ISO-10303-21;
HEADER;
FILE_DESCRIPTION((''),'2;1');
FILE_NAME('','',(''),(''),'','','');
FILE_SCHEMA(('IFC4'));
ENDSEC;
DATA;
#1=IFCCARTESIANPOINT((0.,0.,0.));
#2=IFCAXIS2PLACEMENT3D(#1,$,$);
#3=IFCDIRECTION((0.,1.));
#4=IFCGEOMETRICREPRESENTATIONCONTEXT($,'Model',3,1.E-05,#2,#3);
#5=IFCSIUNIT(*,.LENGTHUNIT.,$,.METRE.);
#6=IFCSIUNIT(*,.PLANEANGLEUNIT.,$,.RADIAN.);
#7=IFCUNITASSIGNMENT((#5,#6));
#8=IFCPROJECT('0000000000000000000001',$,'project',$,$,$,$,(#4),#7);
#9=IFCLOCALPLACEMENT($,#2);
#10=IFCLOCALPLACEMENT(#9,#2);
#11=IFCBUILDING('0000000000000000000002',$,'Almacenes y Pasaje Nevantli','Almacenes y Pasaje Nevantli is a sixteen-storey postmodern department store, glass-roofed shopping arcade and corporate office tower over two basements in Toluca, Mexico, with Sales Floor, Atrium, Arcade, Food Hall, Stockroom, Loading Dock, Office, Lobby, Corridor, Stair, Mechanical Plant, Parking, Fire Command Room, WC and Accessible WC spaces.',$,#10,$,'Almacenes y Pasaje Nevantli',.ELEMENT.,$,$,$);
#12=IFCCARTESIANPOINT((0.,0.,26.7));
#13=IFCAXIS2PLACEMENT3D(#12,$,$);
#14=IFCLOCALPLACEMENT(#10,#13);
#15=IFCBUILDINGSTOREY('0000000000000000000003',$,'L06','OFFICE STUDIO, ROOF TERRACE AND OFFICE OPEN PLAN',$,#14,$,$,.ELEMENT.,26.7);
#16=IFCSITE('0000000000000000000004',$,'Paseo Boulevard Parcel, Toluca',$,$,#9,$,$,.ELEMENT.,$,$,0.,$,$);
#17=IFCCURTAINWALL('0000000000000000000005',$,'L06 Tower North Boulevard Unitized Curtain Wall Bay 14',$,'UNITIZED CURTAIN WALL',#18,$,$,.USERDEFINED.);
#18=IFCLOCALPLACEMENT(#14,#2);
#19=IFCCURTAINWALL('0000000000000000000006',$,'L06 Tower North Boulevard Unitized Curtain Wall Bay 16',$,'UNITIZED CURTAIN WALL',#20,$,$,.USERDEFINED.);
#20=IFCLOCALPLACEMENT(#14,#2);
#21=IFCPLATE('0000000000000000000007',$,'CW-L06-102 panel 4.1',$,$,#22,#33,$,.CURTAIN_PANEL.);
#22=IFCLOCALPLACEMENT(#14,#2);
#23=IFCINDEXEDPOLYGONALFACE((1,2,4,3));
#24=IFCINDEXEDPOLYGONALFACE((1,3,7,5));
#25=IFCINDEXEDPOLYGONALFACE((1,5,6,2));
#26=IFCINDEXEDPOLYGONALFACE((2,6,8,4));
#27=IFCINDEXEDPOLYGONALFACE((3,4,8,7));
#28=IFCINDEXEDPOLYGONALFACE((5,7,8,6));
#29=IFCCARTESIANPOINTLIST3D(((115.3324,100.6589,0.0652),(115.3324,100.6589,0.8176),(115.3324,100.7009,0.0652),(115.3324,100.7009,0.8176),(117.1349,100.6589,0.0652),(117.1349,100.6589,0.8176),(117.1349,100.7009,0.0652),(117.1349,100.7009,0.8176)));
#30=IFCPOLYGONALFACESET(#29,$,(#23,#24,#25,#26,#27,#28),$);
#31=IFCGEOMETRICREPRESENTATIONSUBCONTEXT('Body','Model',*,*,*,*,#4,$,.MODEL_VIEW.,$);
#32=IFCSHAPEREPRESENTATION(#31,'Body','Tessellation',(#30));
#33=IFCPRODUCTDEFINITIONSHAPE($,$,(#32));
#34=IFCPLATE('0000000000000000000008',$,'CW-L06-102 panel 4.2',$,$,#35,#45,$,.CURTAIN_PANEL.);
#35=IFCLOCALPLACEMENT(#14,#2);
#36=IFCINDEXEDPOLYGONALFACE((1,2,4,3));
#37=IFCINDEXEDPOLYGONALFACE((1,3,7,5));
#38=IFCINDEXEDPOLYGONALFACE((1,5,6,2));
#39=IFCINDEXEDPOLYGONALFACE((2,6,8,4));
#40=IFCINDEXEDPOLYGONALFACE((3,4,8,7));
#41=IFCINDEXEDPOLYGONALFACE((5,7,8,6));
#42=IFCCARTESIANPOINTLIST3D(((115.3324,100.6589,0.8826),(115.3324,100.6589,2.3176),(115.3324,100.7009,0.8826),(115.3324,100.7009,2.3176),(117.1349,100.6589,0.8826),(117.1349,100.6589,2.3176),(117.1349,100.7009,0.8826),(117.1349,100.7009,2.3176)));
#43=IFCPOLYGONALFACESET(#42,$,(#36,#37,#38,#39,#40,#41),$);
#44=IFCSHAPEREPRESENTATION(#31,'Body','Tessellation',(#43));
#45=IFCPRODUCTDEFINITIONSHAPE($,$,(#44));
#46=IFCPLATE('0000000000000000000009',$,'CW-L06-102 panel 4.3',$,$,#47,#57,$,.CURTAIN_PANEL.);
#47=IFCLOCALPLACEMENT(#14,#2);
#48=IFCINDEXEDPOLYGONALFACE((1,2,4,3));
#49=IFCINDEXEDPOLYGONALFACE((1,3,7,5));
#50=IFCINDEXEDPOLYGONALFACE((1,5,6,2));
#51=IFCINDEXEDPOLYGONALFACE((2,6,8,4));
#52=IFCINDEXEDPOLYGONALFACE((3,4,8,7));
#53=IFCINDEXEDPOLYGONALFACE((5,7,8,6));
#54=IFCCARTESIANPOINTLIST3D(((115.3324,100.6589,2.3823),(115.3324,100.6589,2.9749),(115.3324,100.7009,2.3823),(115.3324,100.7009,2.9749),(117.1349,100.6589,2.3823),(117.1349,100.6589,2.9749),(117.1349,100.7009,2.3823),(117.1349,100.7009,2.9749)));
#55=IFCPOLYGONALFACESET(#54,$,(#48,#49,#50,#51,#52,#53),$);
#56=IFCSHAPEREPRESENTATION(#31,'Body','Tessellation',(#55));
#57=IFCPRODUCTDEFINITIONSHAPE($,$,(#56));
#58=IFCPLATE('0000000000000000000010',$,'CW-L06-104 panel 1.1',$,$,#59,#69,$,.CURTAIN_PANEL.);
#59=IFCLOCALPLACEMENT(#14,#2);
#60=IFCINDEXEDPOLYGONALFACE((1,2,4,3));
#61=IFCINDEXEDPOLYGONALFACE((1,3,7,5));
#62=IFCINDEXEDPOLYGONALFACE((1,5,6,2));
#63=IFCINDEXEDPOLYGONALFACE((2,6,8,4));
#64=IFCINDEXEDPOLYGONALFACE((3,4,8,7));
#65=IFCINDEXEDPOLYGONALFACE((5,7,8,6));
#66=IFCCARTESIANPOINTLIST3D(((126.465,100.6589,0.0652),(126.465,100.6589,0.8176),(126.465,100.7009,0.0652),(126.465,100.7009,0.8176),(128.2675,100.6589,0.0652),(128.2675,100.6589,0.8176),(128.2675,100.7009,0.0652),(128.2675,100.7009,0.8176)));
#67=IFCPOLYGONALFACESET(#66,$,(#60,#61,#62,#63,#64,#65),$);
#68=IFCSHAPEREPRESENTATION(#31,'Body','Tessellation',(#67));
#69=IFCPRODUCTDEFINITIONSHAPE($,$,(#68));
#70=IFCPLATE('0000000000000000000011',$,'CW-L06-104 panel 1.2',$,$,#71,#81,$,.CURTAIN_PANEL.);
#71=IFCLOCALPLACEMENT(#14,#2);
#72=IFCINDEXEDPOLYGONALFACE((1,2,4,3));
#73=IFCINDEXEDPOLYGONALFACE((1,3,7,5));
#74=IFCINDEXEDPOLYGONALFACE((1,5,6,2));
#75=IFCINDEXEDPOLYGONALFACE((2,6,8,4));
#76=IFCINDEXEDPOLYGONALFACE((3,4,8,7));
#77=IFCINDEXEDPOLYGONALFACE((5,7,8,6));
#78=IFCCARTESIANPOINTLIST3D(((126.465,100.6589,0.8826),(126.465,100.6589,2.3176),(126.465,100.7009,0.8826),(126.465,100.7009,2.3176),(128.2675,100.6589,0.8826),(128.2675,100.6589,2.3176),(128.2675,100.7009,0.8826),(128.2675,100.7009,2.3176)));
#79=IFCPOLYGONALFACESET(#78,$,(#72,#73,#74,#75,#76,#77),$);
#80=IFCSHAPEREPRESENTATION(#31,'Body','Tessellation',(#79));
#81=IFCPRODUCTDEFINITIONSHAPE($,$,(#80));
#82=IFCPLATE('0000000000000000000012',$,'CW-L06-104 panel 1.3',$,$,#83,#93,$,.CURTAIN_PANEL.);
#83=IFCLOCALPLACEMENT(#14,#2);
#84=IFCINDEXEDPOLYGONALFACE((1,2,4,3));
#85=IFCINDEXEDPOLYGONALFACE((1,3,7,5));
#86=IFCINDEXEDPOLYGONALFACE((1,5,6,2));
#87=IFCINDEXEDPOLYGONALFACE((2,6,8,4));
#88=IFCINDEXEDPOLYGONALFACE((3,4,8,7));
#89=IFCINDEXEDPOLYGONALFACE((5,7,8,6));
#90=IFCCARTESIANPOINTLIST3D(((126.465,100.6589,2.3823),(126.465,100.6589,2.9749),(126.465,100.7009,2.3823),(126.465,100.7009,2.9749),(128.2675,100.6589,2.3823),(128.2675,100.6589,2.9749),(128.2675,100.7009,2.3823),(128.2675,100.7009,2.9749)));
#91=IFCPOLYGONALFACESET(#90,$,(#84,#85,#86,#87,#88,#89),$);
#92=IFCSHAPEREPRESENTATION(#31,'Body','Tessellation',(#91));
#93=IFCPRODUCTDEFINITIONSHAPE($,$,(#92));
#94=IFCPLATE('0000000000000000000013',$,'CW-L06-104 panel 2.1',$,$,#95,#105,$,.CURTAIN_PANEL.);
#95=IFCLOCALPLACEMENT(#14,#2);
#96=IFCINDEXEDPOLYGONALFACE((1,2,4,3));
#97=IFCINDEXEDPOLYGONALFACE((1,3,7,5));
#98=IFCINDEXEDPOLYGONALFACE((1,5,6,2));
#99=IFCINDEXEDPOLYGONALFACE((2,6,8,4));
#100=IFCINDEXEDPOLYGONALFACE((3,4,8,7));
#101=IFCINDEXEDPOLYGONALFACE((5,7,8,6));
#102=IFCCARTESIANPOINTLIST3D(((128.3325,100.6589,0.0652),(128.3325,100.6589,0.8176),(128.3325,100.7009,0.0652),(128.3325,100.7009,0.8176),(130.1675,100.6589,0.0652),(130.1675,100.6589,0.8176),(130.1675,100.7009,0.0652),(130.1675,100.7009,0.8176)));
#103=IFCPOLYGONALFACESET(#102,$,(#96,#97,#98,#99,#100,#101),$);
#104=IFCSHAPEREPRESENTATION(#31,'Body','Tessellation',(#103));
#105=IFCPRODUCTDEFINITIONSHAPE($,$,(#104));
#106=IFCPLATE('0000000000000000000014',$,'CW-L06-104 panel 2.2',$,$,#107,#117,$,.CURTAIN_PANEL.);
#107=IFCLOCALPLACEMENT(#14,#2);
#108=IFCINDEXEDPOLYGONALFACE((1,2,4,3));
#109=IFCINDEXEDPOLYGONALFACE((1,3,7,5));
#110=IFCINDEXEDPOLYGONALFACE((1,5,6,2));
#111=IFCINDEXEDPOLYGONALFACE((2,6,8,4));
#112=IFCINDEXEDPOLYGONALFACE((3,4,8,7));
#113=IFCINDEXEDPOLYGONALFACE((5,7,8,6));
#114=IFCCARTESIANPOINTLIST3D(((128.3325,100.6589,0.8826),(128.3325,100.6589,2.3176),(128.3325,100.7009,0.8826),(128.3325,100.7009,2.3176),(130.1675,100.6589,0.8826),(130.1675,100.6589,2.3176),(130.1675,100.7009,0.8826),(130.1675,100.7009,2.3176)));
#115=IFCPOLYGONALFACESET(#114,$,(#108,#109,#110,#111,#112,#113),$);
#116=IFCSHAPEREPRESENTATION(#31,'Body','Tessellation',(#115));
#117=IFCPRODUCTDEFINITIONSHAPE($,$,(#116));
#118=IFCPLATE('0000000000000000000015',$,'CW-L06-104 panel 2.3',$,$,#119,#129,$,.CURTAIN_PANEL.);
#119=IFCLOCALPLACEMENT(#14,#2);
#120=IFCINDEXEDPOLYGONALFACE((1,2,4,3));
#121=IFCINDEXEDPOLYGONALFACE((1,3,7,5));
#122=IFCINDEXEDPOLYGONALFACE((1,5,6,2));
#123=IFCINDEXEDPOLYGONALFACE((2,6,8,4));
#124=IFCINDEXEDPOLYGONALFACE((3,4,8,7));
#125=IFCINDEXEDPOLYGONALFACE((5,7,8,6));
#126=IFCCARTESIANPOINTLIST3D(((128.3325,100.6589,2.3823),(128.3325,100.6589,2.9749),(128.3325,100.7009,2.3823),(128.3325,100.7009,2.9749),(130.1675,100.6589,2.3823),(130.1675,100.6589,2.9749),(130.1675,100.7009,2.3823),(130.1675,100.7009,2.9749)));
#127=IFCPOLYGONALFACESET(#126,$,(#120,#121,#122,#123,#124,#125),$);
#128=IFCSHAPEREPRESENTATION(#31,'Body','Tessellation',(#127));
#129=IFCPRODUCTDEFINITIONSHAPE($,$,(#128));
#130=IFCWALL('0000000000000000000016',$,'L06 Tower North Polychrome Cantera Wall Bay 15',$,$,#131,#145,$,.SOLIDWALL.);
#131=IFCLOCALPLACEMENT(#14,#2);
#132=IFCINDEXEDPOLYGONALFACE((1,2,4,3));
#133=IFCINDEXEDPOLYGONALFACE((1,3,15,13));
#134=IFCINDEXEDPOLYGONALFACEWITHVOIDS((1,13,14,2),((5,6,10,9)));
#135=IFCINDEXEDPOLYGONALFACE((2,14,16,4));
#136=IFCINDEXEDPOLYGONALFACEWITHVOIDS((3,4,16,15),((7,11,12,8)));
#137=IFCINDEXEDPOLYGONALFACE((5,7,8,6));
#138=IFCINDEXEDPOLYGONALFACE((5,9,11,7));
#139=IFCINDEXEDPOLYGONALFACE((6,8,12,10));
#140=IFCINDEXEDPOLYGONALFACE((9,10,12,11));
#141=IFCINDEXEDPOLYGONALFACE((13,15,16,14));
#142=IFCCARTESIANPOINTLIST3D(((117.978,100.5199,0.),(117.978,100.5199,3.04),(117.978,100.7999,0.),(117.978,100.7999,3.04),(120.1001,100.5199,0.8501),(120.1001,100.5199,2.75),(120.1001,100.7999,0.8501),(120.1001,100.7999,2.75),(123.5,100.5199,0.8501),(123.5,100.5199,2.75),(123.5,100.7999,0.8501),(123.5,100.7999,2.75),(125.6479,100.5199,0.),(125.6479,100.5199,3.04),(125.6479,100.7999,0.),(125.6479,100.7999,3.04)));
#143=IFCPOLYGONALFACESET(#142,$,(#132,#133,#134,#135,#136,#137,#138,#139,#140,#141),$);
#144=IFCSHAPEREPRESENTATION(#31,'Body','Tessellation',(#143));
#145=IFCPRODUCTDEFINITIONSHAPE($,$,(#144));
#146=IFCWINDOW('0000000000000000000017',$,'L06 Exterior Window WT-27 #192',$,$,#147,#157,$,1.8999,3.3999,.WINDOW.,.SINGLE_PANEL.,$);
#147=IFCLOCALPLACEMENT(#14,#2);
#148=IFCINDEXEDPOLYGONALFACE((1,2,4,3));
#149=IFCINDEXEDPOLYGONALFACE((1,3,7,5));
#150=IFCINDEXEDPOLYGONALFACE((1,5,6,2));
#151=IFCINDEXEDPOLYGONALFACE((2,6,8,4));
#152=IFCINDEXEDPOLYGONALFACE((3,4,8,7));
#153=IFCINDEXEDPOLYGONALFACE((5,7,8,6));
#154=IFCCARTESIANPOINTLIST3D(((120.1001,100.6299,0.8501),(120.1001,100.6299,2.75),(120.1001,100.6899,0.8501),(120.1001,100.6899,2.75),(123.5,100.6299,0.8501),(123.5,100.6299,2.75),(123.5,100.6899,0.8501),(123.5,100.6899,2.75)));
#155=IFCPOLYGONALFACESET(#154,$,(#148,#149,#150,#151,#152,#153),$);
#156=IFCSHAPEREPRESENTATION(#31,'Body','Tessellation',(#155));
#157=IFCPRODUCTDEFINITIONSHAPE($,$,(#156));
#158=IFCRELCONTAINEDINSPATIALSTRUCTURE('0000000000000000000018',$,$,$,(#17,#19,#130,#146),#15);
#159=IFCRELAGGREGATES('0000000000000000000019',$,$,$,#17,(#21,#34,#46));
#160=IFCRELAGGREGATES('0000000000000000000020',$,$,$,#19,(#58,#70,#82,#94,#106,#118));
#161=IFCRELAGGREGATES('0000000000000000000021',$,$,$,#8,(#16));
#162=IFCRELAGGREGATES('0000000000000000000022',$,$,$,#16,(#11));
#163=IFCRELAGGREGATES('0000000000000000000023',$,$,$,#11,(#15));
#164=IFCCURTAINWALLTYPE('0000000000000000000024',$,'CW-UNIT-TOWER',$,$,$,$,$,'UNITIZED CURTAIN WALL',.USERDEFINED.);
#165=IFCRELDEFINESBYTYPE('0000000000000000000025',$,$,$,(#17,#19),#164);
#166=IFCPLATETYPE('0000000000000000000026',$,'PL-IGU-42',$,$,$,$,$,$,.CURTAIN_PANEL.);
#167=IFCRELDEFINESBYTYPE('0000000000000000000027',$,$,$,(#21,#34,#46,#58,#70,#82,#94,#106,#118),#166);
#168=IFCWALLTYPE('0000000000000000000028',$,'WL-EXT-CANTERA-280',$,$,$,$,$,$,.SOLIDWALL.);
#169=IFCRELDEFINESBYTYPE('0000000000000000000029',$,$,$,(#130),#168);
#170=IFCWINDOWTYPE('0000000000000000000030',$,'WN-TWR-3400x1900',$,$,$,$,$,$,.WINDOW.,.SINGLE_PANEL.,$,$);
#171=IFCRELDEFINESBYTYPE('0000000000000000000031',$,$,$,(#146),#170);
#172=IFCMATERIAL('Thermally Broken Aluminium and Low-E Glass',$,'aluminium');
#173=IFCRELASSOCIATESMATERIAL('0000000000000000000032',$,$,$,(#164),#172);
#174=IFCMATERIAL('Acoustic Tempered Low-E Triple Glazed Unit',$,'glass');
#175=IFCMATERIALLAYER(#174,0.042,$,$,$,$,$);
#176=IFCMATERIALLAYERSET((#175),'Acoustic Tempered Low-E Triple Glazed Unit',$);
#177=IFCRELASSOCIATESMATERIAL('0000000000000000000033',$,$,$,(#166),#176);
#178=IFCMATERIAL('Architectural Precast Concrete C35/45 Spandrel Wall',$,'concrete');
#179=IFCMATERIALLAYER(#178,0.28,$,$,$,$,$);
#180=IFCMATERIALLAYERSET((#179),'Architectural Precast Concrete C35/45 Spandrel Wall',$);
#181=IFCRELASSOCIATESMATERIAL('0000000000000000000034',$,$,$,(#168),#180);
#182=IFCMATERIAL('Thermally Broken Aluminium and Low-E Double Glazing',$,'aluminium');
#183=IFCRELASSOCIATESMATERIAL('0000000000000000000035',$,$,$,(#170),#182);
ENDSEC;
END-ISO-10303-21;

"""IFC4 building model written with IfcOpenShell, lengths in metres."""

from ifc_helpers import new_model, si_unit, direction, frame, frame_2d, origin, origin_2d, place, context, subcontext, project, spatial, rectangle, extrude, material, layer, layer_set, type_object, element, fill, aggregate, save


model = new_model("IFC4")

# Units and contexts
model_context = context("Model", 3, precision=1e-05, world=origin(), true_north=direction((0.0, 1.0)))
body_context = subcontext(model_context, "Body", "Model", "MODEL_VIEW")
ifc_project = project(units=[si_unit("LENGTHUNIT", "METRE"), si_unit("PLANEANGLEUNIT", "RADIAN")], contexts=[model_context])

# Site, building, storey
site_placement = place(None, origin())
site = spatial("IfcSite", under=ifc_project, at=site_placement, Name="Paseo Boulevard Parcel, Toluca", CompositionType="ELEMENT", RefElevation=0.0)
building_placement = place(site_placement, origin())
building = spatial("IfcBuilding", under=site, at=building_placement, Name="Almacenes y Pasaje Nevantli", Description="Almacenes y Pasaje Nevantli is a sixteen-storey postmodern department store, glass-roofed shopping arcade and corporate office tower over two basements in Toluca, Mexico, with Sales Floor, Atrium, Arcade, Food Hall, Stockroom, Loading Dock, Office, Lobby, Corridor, Stair, Mechanical Plant, Parking, Fire Command Room, WC and Accessible WC spaces.", LongName="Almacenes y Pasaje Nevantli", CompositionType="ELEMENT")
storey_placement = place(building_placement, frame((0.0, 0.0, 26.7)))
storey = spatial("IfcBuildingStorey", under=building, at=storey_placement, Name="L06", Description="OFFICE STUDIO, ROOF TERRACE AND OFFICE OPEN PLAN", CompositionType="ELEMENT", Elevation=26.7)

# Curtain wall
ifc_material_1 = material(Name="Thermally Broken Aluminium and Low-E Glass", Category="aluminium")
curtain_wall_type = type_object("IfcCurtainWallType", Name="CW-UNIT-TOWER", ElementType="UNITIZED CURTAIN WALL", PredefinedType="USERDEFINED", material=ifc_material_1)
curtain_wall_1_placement = place(storey_placement, origin())
curtain_wall_1 = element("IfcCurtainWall", 1, at=curtain_wall_1_placement, inside=storey, type_object=curtain_wall_type, Name="L06 Tower North Boulevard Unitized Curtain Wall Bay 14", ObjectType="UNITIZED CURTAIN WALL", PredefinedType="USERDEFINED")

# Curtain wall
curtain_wall_2_placement = place(storey_placement, origin())
curtain_wall_2 = element("IfcCurtainWall", 2, at=curtain_wall_2_placement, inside=storey, type_object=curtain_wall_type, Name="L06 Tower North Boulevard Unitized Curtain Wall Bay 16", ObjectType="UNITIZED CURTAIN WALL", PredefinedType="USERDEFINED")

# Plates
ifc_material_2 = material(Name="Acoustic Tempered Low-E Triple Glazed Unit", Category="glass")
ifc_layer_1 = layer(ifc_material_2, 0.042)
ifc_layer_set_1 = layer_set([ifc_layer_1], Name="Acoustic Tempered Low-E Triple Glazed Unit")
plate_type = type_object("IfcPlateType", Name="PL-IGU-42", PredefinedType="CURTAIN_PANEL", material=ifc_layer_set_1)
plate_1_placement = place(storey_placement, frame((116.2336, 100.6799, 0.0652), z_axis=(0.0, 0.0, 1.0), x_axis=(1.0, 0.0, 0.0)))
plate_1 = element("IfcPlate", 3, at=plate_1_placement, type_object=plate_type, Name="CW-L06-102 panel 4.1", PredefinedType="CURTAIN_PANEL", context=body_context, shape_type="SweptSolid", body=[
    extrude(rectangle(XDim=1.8025, YDim=0.042, at=origin_2d()), origin(), (0.0, 0.0, 1.0), 0.7524),
])
plate_2_placement = place(storey_placement, frame((116.2336, 100.6799, 0.8826), z_axis=(0.0, 0.0, 1.0), x_axis=(1.0, 0.0, 0.0)))
plate_2 = element("IfcPlate", 4, at=plate_2_placement, type_object=plate_type, Name="CW-L06-102 panel 4.2", PredefinedType="CURTAIN_PANEL", context=body_context, shape_type="SweptSolid", body=[
    extrude(rectangle(XDim=1.8025, YDim=0.042, at=origin_2d()), origin(), (0.0, 0.0, 1.0), 1.4351),
])
plate_3_placement = place(storey_placement, frame((116.2336, 100.6799, 2.3823), z_axis=(0.0, 0.0, 1.0), x_axis=(1.0, 0.0, 0.0)))
plate_3 = element("IfcPlate", 5, at=plate_3_placement, type_object=plate_type, Name="CW-L06-102 panel 4.3", PredefinedType="CURTAIN_PANEL", context=body_context, shape_type="SweptSolid", body=[
    extrude(rectangle(XDim=1.8025, YDim=0.042, at=origin_2d()), origin(), (0.0, 0.0, 1.0), 0.5925),
])
aggregate(curtain_wall_1, [plate_1, plate_2, plate_3])
plate_4_placement = place(storey_placement, frame((127.3662, 100.6799, 0.0652), z_axis=(0.0, 0.0, 1.0), x_axis=(1.0, 0.0, 0.0)))
plate_4 = element("IfcPlate", 6, at=plate_4_placement, type_object=plate_type, Name="CW-L06-104 panel 1.1", PredefinedType="CURTAIN_PANEL", context=body_context, shape_type="SweptSolid", body=[
    extrude(rectangle(XDim=1.8025, YDim=0.042, at=origin_2d()), origin(), (0.0, 0.0, 1.0), 0.7524),
])
plate_5_placement = place(storey_placement, frame((127.3662, 100.6799, 0.8826), z_axis=(0.0, 0.0, 1.0), x_axis=(1.0, 0.0, 0.0)))
plate_5 = element("IfcPlate", 7, at=plate_5_placement, type_object=plate_type, Name="CW-L06-104 panel 1.2", PredefinedType="CURTAIN_PANEL", context=body_context, shape_type="SweptSolid", body=[
    extrude(rectangle(XDim=1.8025, YDim=0.042, at=origin_2d()), origin(), (0.0, 0.0, 1.0), 1.4351),
])
plate_6_placement = place(storey_placement, frame((127.3662, 100.6799, 2.3823), z_axis=(0.0, 0.0, 1.0), x_axis=(1.0, 0.0, 0.0)))
plate_6 = element("IfcPlate", 8, at=plate_6_placement, type_object=plate_type, Name="CW-L06-104 panel 1.3", PredefinedType="CURTAIN_PANEL", context=body_context, shape_type="SweptSolid", body=[
    extrude(rectangle(XDim=1.8025, YDim=0.042, at=origin_2d()), origin(), (0.0, 0.0, 1.0), 0.5925),
])
plate_7_placement = place(storey_placement, frame((129.25, 100.6799, 0.0652), z_axis=(0.0, 0.0, 1.0), x_axis=(1.0, 0.0, 0.0)))
plate_7 = element("IfcPlate", 9, at=plate_7_placement, type_object=plate_type, Name="CW-L06-104 panel 2.1", PredefinedType="CURTAIN_PANEL", context=body_context, shape_type="SweptSolid", body=[
    extrude(rectangle(XDim=1.835, YDim=0.042, at=origin_2d()), origin(), (0.0, 0.0, 1.0), 0.7524),
])
plate_8_placement = place(storey_placement, frame((129.25, 100.6799, 0.8826), z_axis=(0.0, 0.0, 1.0), x_axis=(1.0, 0.0, 0.0)))
plate_8 = element("IfcPlate", 10, at=plate_8_placement, type_object=plate_type, Name="CW-L06-104 panel 2.2", PredefinedType="CURTAIN_PANEL", context=body_context, shape_type="SweptSolid", body=[
    extrude(rectangle(XDim=1.835, YDim=0.042, at=origin_2d()), origin(), (0.0, 0.0, 1.0), 1.4351),
])
plate_9_placement = place(storey_placement, frame((129.25, 100.6799, 2.3823), z_axis=(0.0, 0.0, 1.0), x_axis=(1.0, 0.0, 0.0)))
plate_9 = element("IfcPlate", 11, at=plate_9_placement, type_object=plate_type, Name="CW-L06-104 panel 2.3", PredefinedType="CURTAIN_PANEL", context=body_context, shape_type="SweptSolid", body=[
    extrude(rectangle(XDim=1.835, YDim=0.042, at=origin_2d()), origin(), (0.0, 0.0, 1.0), 0.5925),
])
aggregate(curtain_wall_2, [plate_4, plate_5, plate_6, plate_7, plate_8, plate_9])

# Wall, opening, window
ifc_material_3 = material(Name="Architectural Precast Concrete C35/45 Spandrel Wall", Category="concrete")
ifc_layer_2 = layer(ifc_material_3, 0.28)
ifc_layer_set_2 = layer_set([ifc_layer_2], Name="Architectural Precast Concrete C35/45 Spandrel Wall")
wall_type = type_object("IfcWallType", Name="WL-EXT-CANTERA-280", PredefinedType="SOLIDWALL", material=ifc_layer_set_2)
wall_placement = place(storey_placement, frame((117.978, 100.6599, 0.0), z_axis=(0.0, 0.0, 1.0), x_axis=(1.0, 0.0, 0.0)))
wall = element("IfcWall", 12, at=wall_placement, inside=storey, type_object=wall_type, Name="L06 Tower North Polychrome Cantera Wall Bay 15", PredefinedType="SOLIDWALL", context=body_context, shape_type="SweptSolid", body=[
    extrude(rectangle(XDim=7.6699, YDim=0.28, at=frame_2d((3.835, 0.0))), origin(), (0.0, 0.0, 1.0), 3.04),
])
opening_placement = place(wall_placement, frame((2.1221, 0.0, 0.8501)))
opening = element("IfcOpeningElement", 13, at=opening_placement, cuts=wall, PredefinedType="OPENING", context=body_context, shape_type="SweptSolid", body=[
    extrude(rectangle(XDim=3.3999, YDim=1.8999, at=frame_2d((1.7, 0.95))), frame((0.0, 0.1499, 0.0), z_axis=(0.0, -1.0, 0.0), x_axis=(1.0, 0.0, 0.0)), (0.0, 0.0, 1.0), 0.3),
])
ifc_material_4 = material(Name="Thermally Broken Aluminium and Low-E Double Glazing", Category="aluminium")
window_type = type_object("IfcWindowType", Name="WN-TWR-3400x1900", PartitioningType="SINGLE_PANEL", PredefinedType="WINDOW", material=ifc_material_4)
window_placement = place(opening_placement, origin())
window = element("IfcWindow", 14, at=window_placement, inside=storey, type_object=window_type, Name="L06 Exterior Window WT-27 #192", OverallHeight=1.8999, OverallWidth=3.3999, PartitioningType="SINGLE_PANEL", PredefinedType="WINDOW", context=body_context, shape_type="SweptSolid", body=[
    extrude(rectangle(XDim=3.3999, YDim=1.8999, at=frame_2d((1.7, 0.95))), frame((0.0, 0.03, 0.0), z_axis=(0.0, -1.0, 0.0), x_axis=(1.0, 0.0, 0.0)), (0.0, 0.0, 1.0), 0.0601),
])
fill(opening, window)

save(model, "model.ifc")
